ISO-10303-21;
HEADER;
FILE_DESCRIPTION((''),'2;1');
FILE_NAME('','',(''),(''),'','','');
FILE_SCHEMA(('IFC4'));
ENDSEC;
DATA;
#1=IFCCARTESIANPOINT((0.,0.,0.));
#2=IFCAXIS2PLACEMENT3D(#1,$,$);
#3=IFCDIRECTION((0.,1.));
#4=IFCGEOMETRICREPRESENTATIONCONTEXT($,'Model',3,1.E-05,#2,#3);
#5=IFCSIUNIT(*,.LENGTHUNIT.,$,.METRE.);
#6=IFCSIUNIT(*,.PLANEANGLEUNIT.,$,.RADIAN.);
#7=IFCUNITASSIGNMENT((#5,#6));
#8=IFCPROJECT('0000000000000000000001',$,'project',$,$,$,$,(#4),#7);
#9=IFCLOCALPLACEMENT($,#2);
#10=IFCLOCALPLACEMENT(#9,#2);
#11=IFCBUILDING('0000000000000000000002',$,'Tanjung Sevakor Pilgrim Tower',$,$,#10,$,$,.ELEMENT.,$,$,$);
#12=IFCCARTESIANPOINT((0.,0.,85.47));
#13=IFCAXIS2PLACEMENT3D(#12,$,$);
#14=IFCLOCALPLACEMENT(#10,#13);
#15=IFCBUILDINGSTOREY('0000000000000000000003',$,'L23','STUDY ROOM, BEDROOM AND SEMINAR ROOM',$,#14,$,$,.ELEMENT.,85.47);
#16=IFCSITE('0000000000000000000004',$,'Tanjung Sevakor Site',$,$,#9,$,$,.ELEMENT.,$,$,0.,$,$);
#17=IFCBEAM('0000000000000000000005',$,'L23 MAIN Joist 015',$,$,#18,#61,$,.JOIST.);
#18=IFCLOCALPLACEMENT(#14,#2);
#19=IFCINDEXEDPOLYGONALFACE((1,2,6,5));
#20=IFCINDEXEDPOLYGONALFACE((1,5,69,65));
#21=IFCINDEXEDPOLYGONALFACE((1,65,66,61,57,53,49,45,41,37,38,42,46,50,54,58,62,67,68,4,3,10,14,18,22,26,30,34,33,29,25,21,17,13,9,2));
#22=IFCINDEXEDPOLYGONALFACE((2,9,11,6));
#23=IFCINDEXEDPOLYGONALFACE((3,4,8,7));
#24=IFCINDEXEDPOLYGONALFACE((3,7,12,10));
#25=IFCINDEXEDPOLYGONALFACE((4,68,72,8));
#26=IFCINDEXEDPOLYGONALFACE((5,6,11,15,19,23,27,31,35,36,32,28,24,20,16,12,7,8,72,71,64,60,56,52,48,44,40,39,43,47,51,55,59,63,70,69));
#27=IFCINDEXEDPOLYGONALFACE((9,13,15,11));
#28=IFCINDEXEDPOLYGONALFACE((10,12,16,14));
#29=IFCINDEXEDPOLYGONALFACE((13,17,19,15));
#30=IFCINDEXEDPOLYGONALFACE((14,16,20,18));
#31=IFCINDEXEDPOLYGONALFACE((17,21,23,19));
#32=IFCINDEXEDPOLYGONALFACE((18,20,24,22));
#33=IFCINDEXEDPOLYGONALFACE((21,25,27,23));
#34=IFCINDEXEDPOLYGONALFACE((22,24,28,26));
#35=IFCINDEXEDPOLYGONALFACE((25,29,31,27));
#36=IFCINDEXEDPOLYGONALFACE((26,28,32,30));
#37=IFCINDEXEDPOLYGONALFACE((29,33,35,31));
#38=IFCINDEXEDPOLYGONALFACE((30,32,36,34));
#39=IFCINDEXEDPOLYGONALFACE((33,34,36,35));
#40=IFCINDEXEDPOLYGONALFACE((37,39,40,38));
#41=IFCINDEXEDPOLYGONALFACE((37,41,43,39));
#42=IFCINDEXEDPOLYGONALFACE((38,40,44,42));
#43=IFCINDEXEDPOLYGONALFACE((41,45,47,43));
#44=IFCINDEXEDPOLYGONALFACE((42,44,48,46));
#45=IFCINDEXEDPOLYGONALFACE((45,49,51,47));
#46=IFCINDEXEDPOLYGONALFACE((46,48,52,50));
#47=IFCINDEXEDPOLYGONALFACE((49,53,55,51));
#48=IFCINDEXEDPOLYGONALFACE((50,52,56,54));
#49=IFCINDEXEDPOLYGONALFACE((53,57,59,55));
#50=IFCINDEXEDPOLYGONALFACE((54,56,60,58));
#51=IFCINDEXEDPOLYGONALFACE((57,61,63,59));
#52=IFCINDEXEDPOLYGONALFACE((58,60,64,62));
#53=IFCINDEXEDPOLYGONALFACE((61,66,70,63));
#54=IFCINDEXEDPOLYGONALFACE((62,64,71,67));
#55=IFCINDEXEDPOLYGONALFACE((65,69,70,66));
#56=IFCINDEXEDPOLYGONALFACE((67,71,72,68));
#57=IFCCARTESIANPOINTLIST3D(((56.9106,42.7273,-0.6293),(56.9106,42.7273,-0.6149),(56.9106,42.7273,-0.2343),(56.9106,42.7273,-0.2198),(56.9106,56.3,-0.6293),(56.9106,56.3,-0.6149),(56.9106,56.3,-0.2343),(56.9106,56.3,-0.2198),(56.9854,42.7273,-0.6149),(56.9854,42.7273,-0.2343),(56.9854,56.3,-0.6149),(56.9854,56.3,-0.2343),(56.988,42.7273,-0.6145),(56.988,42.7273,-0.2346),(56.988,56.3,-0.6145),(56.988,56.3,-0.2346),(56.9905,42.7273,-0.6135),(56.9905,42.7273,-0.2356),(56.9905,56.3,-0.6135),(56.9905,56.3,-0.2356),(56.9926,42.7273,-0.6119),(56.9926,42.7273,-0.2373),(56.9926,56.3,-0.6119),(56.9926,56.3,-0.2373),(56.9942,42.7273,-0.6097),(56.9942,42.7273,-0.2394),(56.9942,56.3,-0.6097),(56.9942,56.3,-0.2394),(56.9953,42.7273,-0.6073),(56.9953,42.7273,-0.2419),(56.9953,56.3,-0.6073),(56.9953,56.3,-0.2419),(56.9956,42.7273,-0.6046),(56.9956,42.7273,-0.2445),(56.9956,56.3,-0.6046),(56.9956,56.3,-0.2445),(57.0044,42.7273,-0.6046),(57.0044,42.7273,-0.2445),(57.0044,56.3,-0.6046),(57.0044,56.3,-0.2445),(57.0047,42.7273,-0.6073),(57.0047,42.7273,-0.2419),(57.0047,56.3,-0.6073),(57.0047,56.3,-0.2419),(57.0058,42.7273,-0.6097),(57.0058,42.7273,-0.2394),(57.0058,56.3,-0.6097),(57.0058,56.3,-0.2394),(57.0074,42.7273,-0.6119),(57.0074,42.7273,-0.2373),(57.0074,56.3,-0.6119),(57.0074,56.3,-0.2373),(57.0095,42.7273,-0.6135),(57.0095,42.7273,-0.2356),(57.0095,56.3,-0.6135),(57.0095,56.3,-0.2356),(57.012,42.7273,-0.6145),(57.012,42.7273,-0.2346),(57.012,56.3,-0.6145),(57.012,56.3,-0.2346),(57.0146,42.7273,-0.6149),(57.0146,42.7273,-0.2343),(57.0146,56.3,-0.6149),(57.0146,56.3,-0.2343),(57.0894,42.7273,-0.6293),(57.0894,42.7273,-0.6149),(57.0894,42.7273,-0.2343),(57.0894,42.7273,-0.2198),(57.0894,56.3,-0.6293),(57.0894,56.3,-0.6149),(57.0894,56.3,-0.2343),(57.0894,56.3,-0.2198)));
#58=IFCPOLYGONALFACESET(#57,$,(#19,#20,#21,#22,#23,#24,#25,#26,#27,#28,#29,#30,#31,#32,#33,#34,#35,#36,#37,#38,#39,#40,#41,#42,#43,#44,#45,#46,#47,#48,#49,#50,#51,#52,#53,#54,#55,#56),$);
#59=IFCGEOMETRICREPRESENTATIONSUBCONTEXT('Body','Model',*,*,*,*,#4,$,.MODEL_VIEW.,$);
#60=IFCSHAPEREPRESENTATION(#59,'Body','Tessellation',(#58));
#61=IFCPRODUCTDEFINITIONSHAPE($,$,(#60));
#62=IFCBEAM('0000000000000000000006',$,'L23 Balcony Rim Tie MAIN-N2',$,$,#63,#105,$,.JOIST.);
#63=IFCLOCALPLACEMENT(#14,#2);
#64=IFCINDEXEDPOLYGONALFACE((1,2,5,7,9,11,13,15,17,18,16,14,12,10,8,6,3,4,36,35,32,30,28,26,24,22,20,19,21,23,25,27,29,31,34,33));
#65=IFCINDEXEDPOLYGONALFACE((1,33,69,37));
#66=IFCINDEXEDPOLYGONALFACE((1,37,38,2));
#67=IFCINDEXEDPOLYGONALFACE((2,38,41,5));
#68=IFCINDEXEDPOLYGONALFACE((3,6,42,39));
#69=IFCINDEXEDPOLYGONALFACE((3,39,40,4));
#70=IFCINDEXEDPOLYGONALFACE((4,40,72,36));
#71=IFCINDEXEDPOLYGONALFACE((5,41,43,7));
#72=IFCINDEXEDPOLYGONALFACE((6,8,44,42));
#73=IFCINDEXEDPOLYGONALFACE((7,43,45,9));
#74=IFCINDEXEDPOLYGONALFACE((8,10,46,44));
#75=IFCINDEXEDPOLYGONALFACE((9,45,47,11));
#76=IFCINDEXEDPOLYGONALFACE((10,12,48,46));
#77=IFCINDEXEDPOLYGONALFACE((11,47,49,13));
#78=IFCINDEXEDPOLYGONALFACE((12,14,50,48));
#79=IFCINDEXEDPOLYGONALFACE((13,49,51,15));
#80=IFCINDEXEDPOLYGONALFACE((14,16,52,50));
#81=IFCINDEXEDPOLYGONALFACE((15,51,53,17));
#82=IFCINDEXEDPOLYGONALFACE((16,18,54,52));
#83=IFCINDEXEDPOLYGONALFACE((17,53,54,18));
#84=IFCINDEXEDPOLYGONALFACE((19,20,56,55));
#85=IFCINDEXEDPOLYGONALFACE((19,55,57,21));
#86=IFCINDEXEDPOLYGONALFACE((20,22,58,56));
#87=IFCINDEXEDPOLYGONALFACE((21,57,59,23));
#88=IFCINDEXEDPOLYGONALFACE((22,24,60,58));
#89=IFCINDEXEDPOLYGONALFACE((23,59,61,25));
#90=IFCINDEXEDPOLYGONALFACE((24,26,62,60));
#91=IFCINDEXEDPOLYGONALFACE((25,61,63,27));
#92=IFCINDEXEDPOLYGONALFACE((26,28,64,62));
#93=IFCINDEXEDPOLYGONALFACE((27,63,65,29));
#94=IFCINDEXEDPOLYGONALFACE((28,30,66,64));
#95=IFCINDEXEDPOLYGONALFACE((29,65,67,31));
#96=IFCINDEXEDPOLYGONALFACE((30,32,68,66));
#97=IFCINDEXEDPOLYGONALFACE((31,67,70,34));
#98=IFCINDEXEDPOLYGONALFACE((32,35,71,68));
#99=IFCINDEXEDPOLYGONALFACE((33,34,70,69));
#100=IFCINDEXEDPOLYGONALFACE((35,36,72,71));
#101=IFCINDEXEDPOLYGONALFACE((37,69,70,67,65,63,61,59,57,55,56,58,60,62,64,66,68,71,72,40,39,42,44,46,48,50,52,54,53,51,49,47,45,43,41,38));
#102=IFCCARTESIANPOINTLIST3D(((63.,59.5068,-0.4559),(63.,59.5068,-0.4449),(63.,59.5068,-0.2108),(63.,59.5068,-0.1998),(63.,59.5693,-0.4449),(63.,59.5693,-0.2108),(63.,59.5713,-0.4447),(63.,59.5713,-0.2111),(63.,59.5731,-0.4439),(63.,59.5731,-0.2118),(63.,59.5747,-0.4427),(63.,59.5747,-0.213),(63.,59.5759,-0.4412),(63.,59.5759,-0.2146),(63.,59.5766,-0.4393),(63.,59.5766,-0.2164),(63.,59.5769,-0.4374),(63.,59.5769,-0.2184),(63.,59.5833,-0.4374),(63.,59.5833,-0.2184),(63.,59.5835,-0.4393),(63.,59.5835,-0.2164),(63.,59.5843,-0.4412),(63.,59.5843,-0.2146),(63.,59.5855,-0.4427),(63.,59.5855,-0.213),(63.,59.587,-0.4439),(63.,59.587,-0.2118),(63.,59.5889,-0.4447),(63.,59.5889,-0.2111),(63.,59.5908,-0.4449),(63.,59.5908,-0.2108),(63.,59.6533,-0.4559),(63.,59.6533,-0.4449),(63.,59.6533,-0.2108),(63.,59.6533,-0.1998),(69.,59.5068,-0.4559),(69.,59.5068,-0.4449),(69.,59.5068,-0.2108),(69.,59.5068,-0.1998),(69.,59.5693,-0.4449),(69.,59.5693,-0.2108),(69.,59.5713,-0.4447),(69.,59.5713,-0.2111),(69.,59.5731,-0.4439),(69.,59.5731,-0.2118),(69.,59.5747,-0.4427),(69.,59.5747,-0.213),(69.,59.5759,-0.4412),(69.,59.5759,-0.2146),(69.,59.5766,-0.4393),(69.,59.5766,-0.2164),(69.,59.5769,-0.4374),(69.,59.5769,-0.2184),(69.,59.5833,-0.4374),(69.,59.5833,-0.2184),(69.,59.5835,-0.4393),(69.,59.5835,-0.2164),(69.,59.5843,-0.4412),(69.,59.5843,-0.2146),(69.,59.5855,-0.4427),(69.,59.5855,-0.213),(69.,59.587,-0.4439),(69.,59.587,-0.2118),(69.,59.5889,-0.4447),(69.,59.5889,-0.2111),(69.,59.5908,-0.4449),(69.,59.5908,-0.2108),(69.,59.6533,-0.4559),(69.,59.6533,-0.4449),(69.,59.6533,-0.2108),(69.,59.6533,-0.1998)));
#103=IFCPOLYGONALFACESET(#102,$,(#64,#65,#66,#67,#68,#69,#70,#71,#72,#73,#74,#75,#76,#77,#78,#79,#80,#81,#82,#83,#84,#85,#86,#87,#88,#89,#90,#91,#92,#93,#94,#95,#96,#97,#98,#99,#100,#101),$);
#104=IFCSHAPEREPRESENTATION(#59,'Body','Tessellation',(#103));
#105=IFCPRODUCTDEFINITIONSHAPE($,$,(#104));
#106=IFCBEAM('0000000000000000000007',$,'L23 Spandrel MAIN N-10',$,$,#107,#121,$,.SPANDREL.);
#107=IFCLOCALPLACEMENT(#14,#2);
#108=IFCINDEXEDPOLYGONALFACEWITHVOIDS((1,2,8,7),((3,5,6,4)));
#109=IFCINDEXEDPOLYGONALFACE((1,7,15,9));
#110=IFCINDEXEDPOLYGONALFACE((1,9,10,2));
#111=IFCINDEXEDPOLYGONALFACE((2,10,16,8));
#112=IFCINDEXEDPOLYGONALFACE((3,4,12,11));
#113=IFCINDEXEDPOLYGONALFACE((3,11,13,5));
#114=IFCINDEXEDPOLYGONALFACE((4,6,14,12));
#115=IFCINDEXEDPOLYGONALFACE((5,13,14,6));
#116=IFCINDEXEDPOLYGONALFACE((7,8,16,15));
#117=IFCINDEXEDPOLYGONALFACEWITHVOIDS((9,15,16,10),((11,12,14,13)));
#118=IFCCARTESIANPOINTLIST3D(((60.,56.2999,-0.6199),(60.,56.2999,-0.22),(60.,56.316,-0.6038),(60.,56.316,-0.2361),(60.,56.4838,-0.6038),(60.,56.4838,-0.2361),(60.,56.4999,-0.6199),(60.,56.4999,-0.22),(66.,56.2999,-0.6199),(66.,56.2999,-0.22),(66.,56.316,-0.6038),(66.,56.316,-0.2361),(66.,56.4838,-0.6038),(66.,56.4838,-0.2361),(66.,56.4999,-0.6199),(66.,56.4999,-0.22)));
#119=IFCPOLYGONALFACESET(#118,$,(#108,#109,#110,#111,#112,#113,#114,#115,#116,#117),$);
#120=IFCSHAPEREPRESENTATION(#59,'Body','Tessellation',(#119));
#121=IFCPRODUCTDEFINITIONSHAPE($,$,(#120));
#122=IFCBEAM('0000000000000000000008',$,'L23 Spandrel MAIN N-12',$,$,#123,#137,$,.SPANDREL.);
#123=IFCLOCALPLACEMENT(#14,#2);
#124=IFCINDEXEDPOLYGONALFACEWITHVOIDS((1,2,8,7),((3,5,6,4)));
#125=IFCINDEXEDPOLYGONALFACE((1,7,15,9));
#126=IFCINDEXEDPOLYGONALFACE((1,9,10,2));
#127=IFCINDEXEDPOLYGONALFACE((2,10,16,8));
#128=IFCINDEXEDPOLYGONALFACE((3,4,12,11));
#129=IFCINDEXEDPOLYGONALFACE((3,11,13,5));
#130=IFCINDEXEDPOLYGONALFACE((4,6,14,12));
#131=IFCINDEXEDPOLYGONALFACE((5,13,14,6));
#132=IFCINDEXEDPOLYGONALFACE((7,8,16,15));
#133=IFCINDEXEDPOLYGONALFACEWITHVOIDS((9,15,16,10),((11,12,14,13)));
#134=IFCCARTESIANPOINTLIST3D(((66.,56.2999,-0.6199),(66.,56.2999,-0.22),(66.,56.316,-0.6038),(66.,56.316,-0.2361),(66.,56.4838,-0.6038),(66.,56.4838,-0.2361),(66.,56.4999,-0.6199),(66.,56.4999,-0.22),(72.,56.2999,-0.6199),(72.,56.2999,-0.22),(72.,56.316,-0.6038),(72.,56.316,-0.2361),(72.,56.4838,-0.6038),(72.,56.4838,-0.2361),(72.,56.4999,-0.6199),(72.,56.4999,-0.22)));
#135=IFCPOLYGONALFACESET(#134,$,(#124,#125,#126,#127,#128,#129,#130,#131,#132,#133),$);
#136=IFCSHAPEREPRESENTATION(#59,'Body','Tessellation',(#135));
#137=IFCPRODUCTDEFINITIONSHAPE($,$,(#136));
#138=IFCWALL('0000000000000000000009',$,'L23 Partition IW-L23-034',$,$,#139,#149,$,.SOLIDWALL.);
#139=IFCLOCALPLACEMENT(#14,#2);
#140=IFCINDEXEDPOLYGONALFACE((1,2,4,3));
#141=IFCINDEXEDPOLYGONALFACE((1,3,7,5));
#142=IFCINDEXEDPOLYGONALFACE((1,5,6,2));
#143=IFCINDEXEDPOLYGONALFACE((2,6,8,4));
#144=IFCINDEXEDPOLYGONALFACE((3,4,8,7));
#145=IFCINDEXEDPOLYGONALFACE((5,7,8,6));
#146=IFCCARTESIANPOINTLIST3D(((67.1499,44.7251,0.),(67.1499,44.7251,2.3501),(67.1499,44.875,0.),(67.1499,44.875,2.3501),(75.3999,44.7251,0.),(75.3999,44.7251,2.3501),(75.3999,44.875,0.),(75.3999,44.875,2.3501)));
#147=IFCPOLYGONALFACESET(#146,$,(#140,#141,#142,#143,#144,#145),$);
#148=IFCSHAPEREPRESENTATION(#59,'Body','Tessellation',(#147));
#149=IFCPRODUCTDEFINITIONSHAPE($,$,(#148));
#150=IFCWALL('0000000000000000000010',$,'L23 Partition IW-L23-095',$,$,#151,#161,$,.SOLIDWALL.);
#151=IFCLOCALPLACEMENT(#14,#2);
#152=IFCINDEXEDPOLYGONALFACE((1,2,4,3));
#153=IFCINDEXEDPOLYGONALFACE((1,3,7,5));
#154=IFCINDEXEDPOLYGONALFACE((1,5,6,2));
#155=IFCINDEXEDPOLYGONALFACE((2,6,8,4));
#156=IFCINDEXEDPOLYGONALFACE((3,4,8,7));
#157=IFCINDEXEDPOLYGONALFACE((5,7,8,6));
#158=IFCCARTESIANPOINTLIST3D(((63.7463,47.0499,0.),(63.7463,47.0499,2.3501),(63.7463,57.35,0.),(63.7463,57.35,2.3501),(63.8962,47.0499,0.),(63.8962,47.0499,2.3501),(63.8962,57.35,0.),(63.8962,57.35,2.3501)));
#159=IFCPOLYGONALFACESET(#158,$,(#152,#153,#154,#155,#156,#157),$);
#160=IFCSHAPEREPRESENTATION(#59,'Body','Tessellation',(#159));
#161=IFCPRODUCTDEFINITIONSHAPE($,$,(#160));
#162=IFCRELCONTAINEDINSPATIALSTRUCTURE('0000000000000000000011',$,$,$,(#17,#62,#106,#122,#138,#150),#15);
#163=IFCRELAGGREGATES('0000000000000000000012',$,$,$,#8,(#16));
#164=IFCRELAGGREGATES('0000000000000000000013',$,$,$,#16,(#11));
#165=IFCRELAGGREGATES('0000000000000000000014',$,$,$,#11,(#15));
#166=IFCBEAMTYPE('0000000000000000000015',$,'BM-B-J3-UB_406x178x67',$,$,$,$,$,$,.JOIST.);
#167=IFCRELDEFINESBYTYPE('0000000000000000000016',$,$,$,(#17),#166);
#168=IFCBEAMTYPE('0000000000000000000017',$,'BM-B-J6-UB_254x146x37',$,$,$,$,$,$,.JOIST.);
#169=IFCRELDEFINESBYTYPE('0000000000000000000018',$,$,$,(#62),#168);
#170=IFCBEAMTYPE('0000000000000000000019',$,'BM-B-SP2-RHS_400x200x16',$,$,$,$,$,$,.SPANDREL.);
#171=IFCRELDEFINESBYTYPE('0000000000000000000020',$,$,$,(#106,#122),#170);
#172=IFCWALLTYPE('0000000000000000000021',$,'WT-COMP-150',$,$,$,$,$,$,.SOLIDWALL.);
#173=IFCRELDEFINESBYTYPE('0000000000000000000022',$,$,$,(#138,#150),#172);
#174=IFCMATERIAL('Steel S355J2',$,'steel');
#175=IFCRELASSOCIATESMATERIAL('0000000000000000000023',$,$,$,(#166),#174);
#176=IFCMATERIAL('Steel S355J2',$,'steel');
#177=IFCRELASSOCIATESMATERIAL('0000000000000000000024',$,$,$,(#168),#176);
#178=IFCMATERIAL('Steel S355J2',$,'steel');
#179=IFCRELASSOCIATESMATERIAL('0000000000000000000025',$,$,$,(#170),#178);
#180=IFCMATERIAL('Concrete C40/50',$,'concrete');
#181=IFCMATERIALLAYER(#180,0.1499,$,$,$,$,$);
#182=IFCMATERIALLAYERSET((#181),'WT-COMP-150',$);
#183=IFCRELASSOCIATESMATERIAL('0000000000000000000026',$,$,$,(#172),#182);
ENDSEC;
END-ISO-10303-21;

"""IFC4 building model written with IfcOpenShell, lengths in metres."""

from ifc_helpers import new_model, si_unit, direction, frame, frame_2d, origin, origin_2d, place, context, subcontext, project, spatial, rectangle, hollow_rectangle, i_section, extrude, material, layer, layer_set, material_profile, profile_set, type_object, element, save


model = new_model("IFC4")

# Units and contexts
model_context = context("Model", 3, precision=1e-05, world=origin(), true_north=direction((0.0, 1.0)))
body_context = subcontext(model_context, "Body", "Model", "MODEL_VIEW")
ifc_project = project(units=[si_unit("LENGTHUNIT", "METRE"), si_unit("PLANEANGLEUNIT", "RADIAN")], contexts=[model_context])

# Site, building, storey
site_placement = place(None, origin())
site = spatial("IfcSite", under=ifc_project, at=site_placement, Name="Tanjung Sevakor Site", CompositionType="ELEMENT", RefElevation=0.0)
building_placement = place(site_placement, origin())
building = spatial("IfcBuilding", under=site, at=building_placement, Name="Tanjung Sevakor Pilgrim Tower", CompositionType="ELEMENT")
storey_placement = place(building_placement, frame((0.0, 0.0, 85.47)))
storey = spatial("IfcBuildingStorey", under=building, at=storey_placement, Name="L23", Description="STUDY ROOM, BEDROOM AND SEMINAR ROOM", CompositionType="ELEMENT", Elevation=85.47)

# Beams
ifc_material_1 = material(Name="Steel S355J2", Category="steel")
ifc_material_profile_1 = material_profile(ifc_material_1, i_section(OverallWidth=0.1787, OverallDepth=0.4094, WebThickness=0.0088, FlangeThickness=0.0144, FilletRadius=0.0103, at=origin_2d()))
ifc_profile_set_1 = profile_set([ifc_material_profile_1], Name="Steel S355J2")
beam_type_1 = type_object("IfcBeamType", Name="BM-B-J3-UB_406x178x67", PredefinedType="JOIST", material=ifc_profile_set_1)
beam_1_placement = place(storey_placement, frame((57.0, 42.7273, -0.4246), z_axis=(0.0, 1.0, 0.0), x_axis=(-1.0, 0.0, 0.0)))
element("IfcBeam", 1, at=beam_1_placement, inside=storey, type_object=beam_type_1, Name="L23 MAIN Joist 015", PredefinedType="JOIST", context=body_context, shape_type="SweptSolid", body=[
    extrude(i_section(OverallWidth=0.1787, OverallDepth=0.4094, WebThickness=0.0088, FlangeThickness=0.0144, FilletRadius=0.0103, at=origin_2d()), origin(), (0.0, 0.0, 1.0), 13.5728),
])
ifc_material_2 = material(Name="Steel S355J2", Category="steel")
ifc_material_profile_2 = material_profile(ifc_material_2, i_section(OverallWidth=0.1465, OverallDepth=0.2561, WebThickness=0.0063, FlangeThickness=0.011, FilletRadius=0.0076, at=origin_2d()))
ifc_profile_set_2 = profile_set([ifc_material_profile_2], Name="Steel S355J2")
beam_type_2 = type_object("IfcBeamType", Name="BM-B-J6-UB_254x146x37", PredefinedType="JOIST", material=ifc_profile_set_2)
beam_2_placement = place(storey_placement, frame((63.0, 59.5801, -0.3279), z_axis=(1.0, 0.0, 0.0), x_axis=(0.0, 1.0, 0.0)))
element("IfcBeam", 2, at=beam_2_placement, inside=storey, type_object=beam_type_2, Name="L23 Balcony Rim Tie MAIN-N2", PredefinedType="JOIST", context=body_context, shape_type="SweptSolid", body=[
    extrude(i_section(OverallWidth=0.1465, OverallDepth=0.2561, WebThickness=0.0063, FlangeThickness=0.011, FilletRadius=0.0076, at=origin_2d()), origin(), (0.0, 0.0, 1.0), 6.0),
])
ifc_material_3 = material(Name="Steel S355J2", Category="steel")
ifc_material_profile_3 = material_profile(ifc_material_3, hollow_rectangle(XDim=0.2, YDim=0.3999, WallThickness=0.0161, at=origin_2d()))
ifc_profile_set_3 = profile_set([ifc_material_profile_3], Name="Steel S355J2")
beam_type_3 = type_object("IfcBeamType", Name="BM-B-SP2-RHS_400x200x16", PredefinedType="SPANDREL", material=ifc_profile_set_3)
for number, where, z_axis, x_axis, name in (
    (3, (60.0, 56.3999, -0.4199), (1.0, 0.0, 0.0), (0.0, 1.0, 0.0), "L23 Spandrel MAIN N-10"),
    (4, (66.0, 56.3999, -0.4199), (1.0, 0.0, 0.0), (0.0, 1.0, 0.0), "L23 Spandrel MAIN N-12"),
):
    element("IfcBeam", number, at=place(storey_placement, frame(where, z_axis=z_axis, x_axis=x_axis)), inside=storey, type_object=beam_type_3, Name=name, PredefinedType="SPANDREL", context=body_context, shape_type="SweptSolid", body=[
        extrude(hollow_rectangle(XDim=0.2, YDim=0.3999, WallThickness=0.0161, at=origin_2d()), origin(), (0.0, 0.0, 1.0), 6.0),
    ])

# Walls
ifc_material_4 = material(Name="Concrete C40/50", Category="concrete")
ifc_layer_1 = layer(ifc_material_4, 0.1499)
ifc_layer_set_1 = layer_set([ifc_layer_1], Name="WT-COMP-150")
wall_type_1 = type_object("IfcWallType", Name="WT-COMP-150", PredefinedType="SOLIDWALL", material=ifc_layer_set_1)
wall_1_placement = place(storey_placement, frame((67.1499, 44.8, 0.0), z_axis=(0.0, 0.0, 1.0), x_axis=(1.0, 0.0, 0.0)))
element("IfcWall", 5, at=wall_1_placement, inside=storey, type_object=wall_type_1, Name="L23 Partition IW-L23-034", PredefinedType="SOLIDWALL", context=body_context, shape_type="SweptSolid", body=[
    extrude(rectangle(XDim=8.25, YDim=0.1499, at=frame_2d((4.125, 0.0))), origin(), (0.0, 0.0, 1.0), 2.3501),
])
wall_2_placement = place(storey_placement, frame((63.8213, 47.05, 0.0), z_axis=(0.0, 0.0, 1.0), x_axis=(0.0, 1.0, 0.0)))
element("IfcWall", 6, at=wall_2_placement, inside=storey, type_object=wall_type_1, Name="L23 Partition IW-L23-095", PredefinedType="SOLIDWALL", context=body_context, shape_type="SweptSolid", body=[
    extrude(rectangle(XDim=10.3, YDim=0.1499, at=frame_2d((5.1499, 0.0))), origin(), (0.0, 0.0, 1.0), 2.3501),
])

save(model, "model.ifc")
